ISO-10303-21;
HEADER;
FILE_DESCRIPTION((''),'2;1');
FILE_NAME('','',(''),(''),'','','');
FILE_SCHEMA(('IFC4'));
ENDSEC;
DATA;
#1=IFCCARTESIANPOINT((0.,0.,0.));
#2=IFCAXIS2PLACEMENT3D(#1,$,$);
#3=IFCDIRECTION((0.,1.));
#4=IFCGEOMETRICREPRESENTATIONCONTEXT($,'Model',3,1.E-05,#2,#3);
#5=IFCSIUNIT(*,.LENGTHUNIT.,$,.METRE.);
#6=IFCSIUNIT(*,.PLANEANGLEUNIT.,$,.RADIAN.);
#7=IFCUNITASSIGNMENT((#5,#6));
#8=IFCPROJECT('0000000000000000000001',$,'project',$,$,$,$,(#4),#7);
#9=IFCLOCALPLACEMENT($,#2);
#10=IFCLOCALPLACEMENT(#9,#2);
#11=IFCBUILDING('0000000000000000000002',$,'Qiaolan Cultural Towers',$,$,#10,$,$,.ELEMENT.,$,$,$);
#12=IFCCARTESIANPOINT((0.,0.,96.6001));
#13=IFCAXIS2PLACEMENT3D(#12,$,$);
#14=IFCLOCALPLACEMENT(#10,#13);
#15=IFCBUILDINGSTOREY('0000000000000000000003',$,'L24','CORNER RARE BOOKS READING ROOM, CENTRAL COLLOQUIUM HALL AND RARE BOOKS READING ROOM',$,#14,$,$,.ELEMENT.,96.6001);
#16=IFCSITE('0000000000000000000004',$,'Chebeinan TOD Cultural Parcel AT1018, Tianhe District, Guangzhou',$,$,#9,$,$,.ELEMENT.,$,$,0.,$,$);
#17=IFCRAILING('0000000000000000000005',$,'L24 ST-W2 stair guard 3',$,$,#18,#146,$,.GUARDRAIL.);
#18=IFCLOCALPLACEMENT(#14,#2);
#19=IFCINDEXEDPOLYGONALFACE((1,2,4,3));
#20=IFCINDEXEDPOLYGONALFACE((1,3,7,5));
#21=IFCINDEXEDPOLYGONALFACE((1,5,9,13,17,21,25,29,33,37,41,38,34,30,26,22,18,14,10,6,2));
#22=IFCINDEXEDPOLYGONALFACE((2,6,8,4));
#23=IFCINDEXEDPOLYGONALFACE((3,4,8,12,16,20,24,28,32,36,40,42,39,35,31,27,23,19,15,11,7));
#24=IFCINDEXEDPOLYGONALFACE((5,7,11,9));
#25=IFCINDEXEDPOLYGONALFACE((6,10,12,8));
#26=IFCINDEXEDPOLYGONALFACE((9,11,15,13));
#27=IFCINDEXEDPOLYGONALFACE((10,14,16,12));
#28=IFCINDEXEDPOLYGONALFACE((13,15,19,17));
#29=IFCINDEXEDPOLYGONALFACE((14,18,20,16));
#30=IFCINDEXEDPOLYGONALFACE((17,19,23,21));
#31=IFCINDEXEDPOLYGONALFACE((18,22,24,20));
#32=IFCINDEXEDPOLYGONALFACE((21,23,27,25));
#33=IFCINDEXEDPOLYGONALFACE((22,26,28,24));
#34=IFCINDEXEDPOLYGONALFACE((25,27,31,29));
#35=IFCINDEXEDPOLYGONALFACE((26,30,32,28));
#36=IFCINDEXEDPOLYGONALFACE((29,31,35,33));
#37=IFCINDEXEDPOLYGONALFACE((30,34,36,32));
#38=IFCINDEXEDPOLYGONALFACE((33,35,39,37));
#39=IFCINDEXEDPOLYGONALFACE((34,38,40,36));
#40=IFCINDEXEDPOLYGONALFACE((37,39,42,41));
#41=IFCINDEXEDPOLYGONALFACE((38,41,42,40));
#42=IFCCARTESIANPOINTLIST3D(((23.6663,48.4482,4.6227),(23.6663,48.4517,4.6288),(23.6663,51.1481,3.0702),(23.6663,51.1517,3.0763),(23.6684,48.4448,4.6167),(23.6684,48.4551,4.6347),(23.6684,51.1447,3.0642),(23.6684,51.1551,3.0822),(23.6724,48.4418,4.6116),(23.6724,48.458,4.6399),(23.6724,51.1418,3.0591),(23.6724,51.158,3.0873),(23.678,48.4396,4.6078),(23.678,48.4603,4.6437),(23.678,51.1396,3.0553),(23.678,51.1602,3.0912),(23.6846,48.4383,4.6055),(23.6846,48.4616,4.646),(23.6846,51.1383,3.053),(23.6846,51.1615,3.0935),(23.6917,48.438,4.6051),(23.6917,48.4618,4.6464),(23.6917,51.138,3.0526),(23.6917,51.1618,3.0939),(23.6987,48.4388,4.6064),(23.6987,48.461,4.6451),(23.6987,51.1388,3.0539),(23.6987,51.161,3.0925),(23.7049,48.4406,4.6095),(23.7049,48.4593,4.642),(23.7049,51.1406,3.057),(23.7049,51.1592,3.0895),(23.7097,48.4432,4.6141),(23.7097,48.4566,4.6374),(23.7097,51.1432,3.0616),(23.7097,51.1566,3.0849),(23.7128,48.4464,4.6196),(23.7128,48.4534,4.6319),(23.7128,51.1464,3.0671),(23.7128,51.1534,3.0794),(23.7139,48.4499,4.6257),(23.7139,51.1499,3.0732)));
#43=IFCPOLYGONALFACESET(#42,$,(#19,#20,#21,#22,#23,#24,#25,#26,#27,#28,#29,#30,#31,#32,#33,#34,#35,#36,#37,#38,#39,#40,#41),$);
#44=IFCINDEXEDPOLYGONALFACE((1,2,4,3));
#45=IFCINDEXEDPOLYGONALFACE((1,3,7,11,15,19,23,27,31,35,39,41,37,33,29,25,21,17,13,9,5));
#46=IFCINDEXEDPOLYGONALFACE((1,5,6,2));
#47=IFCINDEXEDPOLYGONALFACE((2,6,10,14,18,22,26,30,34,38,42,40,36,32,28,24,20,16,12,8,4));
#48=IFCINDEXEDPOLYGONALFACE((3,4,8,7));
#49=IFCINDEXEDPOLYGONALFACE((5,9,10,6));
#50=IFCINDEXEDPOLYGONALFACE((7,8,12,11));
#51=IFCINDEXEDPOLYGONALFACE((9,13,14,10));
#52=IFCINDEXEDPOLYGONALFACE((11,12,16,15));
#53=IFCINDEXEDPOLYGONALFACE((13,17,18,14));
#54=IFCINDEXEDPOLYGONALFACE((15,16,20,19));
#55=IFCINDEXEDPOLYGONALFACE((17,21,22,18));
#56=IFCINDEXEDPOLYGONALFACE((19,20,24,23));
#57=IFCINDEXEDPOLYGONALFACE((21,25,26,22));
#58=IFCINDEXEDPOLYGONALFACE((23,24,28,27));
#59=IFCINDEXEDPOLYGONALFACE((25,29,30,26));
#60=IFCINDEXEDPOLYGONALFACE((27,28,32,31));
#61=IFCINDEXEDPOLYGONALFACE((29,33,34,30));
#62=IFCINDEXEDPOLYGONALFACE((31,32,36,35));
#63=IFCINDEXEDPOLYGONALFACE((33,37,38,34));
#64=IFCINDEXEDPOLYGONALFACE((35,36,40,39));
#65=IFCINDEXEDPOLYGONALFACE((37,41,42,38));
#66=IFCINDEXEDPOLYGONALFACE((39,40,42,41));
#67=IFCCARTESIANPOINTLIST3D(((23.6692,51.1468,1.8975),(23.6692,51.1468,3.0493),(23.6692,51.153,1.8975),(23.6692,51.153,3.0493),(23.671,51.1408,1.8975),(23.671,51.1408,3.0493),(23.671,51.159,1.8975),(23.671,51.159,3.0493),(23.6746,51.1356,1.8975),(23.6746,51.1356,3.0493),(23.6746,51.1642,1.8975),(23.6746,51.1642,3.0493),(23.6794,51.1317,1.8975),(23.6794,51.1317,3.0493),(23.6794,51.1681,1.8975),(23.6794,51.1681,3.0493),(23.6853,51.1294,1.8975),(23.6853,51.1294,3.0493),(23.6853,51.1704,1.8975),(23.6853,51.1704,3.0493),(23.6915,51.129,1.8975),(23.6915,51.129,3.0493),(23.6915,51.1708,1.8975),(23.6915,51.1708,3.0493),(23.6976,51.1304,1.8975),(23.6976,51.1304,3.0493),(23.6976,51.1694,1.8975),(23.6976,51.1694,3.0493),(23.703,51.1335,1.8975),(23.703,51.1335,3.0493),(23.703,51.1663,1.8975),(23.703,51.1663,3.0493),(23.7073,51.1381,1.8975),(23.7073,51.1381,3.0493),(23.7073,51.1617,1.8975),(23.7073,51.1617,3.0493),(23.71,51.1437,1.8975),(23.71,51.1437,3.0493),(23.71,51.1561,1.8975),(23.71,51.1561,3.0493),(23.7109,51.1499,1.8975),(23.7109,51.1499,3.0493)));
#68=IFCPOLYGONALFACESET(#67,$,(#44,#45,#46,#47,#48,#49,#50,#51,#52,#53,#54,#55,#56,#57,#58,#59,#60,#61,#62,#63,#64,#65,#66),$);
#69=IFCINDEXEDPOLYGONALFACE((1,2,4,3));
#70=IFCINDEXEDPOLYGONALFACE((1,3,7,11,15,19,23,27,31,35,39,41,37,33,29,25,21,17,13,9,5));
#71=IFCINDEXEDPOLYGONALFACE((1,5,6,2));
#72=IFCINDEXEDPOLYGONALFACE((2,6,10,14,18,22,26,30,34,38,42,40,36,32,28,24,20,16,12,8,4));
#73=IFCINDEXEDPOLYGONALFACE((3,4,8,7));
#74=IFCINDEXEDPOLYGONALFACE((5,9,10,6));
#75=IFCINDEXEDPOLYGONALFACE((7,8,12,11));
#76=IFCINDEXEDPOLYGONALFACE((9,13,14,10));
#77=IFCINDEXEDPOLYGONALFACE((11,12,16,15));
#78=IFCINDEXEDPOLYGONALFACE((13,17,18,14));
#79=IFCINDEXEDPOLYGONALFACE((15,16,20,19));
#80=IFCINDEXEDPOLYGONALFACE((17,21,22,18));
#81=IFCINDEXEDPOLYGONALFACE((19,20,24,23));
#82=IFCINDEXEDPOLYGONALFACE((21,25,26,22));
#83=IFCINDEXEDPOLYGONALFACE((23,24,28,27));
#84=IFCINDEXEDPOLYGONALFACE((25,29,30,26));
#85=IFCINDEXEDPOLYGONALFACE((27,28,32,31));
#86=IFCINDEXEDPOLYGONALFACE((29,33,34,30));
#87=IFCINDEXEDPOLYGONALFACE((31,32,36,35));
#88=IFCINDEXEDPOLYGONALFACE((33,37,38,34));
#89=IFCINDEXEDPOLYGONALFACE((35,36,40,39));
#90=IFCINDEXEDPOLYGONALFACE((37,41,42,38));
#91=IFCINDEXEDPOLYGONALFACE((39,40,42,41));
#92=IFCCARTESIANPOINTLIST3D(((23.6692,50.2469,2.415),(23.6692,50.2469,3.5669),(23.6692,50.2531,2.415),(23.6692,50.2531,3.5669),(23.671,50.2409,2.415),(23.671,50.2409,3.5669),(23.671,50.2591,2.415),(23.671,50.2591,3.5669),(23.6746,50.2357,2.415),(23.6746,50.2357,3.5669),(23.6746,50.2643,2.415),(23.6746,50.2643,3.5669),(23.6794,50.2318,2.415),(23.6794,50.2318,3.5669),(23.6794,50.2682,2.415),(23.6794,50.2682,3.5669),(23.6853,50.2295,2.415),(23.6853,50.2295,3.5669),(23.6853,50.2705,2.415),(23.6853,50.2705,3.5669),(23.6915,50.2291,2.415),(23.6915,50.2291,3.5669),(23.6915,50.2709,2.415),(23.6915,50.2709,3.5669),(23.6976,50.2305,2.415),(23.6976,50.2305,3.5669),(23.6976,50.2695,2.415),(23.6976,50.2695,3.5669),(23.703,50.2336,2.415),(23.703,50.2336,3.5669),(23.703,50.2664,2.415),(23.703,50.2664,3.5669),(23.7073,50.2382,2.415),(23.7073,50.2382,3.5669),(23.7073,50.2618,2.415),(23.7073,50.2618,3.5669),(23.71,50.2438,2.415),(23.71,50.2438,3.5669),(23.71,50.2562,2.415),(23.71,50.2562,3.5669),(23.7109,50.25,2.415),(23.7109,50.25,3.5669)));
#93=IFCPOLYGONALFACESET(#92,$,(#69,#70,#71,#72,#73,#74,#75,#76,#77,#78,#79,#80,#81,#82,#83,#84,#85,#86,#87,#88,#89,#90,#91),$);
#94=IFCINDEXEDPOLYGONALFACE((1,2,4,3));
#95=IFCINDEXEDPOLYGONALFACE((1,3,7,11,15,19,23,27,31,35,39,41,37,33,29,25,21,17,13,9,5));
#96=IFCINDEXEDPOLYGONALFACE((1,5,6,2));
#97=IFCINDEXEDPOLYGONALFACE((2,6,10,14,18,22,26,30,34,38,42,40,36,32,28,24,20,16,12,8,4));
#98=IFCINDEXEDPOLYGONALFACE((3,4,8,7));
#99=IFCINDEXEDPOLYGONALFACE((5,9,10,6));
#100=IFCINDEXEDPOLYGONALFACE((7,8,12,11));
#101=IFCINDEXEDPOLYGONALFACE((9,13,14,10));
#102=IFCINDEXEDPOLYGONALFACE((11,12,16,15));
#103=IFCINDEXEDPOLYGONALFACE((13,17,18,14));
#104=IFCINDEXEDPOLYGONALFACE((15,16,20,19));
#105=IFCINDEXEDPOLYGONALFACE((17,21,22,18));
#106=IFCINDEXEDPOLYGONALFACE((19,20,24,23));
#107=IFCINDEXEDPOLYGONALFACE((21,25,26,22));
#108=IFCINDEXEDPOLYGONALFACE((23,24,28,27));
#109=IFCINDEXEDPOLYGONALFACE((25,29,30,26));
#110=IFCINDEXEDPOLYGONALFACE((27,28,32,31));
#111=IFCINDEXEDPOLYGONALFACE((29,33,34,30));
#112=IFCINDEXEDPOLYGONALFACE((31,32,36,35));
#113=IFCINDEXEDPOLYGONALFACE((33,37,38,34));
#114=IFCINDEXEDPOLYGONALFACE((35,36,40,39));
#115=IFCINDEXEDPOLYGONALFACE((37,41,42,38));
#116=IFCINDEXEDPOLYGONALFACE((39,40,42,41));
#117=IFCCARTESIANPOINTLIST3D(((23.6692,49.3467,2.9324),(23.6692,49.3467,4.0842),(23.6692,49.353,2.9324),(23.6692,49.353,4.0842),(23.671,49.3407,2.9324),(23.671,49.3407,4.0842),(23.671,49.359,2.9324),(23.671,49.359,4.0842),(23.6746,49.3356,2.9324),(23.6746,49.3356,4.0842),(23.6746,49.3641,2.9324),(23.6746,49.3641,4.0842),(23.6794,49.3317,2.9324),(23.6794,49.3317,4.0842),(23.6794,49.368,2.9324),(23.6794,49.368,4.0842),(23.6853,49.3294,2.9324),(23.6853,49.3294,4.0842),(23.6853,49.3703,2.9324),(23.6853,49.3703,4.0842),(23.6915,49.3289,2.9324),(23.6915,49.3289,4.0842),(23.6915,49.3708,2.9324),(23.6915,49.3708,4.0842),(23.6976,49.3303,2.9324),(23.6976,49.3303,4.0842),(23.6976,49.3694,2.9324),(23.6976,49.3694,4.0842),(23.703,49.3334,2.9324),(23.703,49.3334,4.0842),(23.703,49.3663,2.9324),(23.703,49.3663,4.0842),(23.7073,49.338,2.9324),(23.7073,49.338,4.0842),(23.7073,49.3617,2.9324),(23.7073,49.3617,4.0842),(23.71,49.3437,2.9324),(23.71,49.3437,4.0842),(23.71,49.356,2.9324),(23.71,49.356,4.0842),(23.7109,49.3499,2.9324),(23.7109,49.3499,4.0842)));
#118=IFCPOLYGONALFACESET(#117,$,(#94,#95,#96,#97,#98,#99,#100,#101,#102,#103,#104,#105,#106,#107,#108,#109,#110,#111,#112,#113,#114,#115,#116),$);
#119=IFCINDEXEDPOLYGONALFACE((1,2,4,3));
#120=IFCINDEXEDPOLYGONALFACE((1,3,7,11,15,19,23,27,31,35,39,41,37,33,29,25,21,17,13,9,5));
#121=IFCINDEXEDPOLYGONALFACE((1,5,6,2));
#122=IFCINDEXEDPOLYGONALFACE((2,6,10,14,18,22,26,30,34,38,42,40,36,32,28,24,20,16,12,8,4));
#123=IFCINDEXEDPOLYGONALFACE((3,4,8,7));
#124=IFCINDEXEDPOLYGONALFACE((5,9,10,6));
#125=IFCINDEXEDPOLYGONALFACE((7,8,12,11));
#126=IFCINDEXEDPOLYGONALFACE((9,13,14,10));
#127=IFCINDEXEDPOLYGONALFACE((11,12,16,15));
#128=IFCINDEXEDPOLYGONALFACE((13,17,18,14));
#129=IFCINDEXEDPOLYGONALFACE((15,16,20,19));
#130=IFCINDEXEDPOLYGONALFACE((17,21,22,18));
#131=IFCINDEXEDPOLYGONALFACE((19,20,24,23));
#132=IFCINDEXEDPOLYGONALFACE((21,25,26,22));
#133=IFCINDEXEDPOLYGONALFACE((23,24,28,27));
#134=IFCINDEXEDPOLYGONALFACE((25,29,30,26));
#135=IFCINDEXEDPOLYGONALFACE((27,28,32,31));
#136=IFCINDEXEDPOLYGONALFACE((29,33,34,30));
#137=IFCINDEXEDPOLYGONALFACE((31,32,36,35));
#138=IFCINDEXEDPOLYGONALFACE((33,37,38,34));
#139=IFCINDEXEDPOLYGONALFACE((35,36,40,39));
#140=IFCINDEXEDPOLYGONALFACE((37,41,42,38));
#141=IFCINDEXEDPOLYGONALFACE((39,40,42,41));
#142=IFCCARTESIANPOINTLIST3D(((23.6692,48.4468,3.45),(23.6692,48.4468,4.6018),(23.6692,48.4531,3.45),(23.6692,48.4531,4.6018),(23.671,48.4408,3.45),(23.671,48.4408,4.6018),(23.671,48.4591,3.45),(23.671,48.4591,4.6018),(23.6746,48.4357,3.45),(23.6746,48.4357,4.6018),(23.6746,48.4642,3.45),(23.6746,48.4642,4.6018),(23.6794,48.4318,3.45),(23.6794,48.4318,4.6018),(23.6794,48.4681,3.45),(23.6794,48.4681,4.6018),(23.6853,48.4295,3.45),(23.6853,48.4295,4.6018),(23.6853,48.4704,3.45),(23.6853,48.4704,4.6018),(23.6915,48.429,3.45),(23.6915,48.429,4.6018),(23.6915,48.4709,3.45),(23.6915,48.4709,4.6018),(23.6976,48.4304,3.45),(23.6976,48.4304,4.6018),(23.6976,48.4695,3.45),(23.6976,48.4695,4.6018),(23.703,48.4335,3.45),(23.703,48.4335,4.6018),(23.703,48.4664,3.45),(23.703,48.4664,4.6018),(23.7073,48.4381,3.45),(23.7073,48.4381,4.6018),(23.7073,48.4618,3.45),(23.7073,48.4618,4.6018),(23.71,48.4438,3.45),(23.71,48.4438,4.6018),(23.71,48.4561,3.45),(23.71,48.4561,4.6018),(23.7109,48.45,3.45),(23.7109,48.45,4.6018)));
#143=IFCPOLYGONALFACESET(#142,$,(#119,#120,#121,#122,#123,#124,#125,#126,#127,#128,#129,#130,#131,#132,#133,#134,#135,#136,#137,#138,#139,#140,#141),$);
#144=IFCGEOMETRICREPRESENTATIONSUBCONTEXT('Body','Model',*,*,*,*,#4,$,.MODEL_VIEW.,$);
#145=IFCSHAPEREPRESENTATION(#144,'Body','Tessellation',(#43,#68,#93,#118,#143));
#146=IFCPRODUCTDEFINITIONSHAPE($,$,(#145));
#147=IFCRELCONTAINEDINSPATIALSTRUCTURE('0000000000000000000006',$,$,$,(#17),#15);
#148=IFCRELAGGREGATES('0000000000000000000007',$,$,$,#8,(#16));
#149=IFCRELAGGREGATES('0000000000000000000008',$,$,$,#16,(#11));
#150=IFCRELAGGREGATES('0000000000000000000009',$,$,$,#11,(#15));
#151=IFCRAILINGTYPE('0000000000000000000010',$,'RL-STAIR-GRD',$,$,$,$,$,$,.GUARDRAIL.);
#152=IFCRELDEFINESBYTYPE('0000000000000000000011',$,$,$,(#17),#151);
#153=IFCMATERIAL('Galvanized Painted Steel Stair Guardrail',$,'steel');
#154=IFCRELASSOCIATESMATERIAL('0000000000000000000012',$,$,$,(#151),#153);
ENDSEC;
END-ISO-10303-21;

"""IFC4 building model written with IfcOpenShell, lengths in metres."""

from ifc_helpers import new_model, si_unit, direction, frame, origin, origin_2d, place, context, subcontext, project, spatial, circle, extrude, material, type_object, element, save


model = new_model("IFC4")

# Units and contexts
model_context = context("Model", 3, precision=1e-05, world=origin(), true_north=direction((0.0, 1.0)))
body_context = subcontext(model_context, "Body", "Model", "MODEL_VIEW")
ifc_project = project(units=[si_unit("LENGTHUNIT", "METRE"), si_unit("PLANEANGLEUNIT", "RADIAN")], contexts=[model_context])

# Site, building, storey
site_placement = place(None, origin())
site = spatial("IfcSite", under=ifc_project, at=site_placement, Name="Chebeinan TOD Cultural Parcel AT1018, Tianhe District, Guangzhou", CompositionType="ELEMENT", RefElevation=0.0)
building_placement = place(site_placement, origin())
building = spatial("IfcBuilding", under=site, at=building_placement, Name="Qiaolan Cultural Towers", CompositionType="ELEMENT")
storey_placement = place(building_placement, frame((0.0, 0.0, 96.6001)))
storey = spatial("IfcBuildingStorey", under=building, at=storey_placement, Name="L24", Description="CORNER RARE BOOKS READING ROOM, CENTRAL COLLOQUIUM HALL AND RARE BOOKS READING ROOM", CompositionType="ELEMENT", Elevation=96.6001)

# Railing
ifc_material_1 = material(Name="Galvanized Painted Steel Stair Guardrail", Category="steel")
railing_type_1 = type_object("IfcRailingType", Name="RL-STAIR-GRD", PredefinedType="GUARDRAIL", material=ifc_material_1)
railing_1_placement = place(storey_placement, frame((23.6899, 51.1499, 1.8975)))
element("IfcRailing", 1, at=railing_1_placement, inside=storey, type_object=railing_type_1, Name="L24 ST-W2 stair guard 3", PredefinedType="GUARDRAIL", context=body_context, shape_type="SweptSolid", body=[
    extrude(circle(Radius=0.0239, at=origin_2d()), frame((0.0, 0.0, 1.1758), z_axis=(0.0, -0.866904, 0.498476), x_axis=(1.0, 0.0, 0.0)), (0.0, 0.0, 1.0), 3.1145),
    extrude(circle(Radius=0.021, at=origin_2d()), origin(), (0.0, 0.0, 1.0), 1.1519),
    extrude(circle(Radius=0.021, at=origin_2d()), frame((0.0, -0.8999, 0.5176)), (0.0, 0.0, 1.0), 1.1519),
    extrude(circle(Radius=0.021, at=origin_2d()), frame((0.0, -1.8, 1.0349)), (0.0, 0.0, 1.0), 1.1519),
    extrude(circle(Radius=0.021, at=origin_2d()), frame((0.0, -2.7, 1.5525)), (0.0, 0.0, 1.0), 1.1519),
])

save(model, "model.ifc")
